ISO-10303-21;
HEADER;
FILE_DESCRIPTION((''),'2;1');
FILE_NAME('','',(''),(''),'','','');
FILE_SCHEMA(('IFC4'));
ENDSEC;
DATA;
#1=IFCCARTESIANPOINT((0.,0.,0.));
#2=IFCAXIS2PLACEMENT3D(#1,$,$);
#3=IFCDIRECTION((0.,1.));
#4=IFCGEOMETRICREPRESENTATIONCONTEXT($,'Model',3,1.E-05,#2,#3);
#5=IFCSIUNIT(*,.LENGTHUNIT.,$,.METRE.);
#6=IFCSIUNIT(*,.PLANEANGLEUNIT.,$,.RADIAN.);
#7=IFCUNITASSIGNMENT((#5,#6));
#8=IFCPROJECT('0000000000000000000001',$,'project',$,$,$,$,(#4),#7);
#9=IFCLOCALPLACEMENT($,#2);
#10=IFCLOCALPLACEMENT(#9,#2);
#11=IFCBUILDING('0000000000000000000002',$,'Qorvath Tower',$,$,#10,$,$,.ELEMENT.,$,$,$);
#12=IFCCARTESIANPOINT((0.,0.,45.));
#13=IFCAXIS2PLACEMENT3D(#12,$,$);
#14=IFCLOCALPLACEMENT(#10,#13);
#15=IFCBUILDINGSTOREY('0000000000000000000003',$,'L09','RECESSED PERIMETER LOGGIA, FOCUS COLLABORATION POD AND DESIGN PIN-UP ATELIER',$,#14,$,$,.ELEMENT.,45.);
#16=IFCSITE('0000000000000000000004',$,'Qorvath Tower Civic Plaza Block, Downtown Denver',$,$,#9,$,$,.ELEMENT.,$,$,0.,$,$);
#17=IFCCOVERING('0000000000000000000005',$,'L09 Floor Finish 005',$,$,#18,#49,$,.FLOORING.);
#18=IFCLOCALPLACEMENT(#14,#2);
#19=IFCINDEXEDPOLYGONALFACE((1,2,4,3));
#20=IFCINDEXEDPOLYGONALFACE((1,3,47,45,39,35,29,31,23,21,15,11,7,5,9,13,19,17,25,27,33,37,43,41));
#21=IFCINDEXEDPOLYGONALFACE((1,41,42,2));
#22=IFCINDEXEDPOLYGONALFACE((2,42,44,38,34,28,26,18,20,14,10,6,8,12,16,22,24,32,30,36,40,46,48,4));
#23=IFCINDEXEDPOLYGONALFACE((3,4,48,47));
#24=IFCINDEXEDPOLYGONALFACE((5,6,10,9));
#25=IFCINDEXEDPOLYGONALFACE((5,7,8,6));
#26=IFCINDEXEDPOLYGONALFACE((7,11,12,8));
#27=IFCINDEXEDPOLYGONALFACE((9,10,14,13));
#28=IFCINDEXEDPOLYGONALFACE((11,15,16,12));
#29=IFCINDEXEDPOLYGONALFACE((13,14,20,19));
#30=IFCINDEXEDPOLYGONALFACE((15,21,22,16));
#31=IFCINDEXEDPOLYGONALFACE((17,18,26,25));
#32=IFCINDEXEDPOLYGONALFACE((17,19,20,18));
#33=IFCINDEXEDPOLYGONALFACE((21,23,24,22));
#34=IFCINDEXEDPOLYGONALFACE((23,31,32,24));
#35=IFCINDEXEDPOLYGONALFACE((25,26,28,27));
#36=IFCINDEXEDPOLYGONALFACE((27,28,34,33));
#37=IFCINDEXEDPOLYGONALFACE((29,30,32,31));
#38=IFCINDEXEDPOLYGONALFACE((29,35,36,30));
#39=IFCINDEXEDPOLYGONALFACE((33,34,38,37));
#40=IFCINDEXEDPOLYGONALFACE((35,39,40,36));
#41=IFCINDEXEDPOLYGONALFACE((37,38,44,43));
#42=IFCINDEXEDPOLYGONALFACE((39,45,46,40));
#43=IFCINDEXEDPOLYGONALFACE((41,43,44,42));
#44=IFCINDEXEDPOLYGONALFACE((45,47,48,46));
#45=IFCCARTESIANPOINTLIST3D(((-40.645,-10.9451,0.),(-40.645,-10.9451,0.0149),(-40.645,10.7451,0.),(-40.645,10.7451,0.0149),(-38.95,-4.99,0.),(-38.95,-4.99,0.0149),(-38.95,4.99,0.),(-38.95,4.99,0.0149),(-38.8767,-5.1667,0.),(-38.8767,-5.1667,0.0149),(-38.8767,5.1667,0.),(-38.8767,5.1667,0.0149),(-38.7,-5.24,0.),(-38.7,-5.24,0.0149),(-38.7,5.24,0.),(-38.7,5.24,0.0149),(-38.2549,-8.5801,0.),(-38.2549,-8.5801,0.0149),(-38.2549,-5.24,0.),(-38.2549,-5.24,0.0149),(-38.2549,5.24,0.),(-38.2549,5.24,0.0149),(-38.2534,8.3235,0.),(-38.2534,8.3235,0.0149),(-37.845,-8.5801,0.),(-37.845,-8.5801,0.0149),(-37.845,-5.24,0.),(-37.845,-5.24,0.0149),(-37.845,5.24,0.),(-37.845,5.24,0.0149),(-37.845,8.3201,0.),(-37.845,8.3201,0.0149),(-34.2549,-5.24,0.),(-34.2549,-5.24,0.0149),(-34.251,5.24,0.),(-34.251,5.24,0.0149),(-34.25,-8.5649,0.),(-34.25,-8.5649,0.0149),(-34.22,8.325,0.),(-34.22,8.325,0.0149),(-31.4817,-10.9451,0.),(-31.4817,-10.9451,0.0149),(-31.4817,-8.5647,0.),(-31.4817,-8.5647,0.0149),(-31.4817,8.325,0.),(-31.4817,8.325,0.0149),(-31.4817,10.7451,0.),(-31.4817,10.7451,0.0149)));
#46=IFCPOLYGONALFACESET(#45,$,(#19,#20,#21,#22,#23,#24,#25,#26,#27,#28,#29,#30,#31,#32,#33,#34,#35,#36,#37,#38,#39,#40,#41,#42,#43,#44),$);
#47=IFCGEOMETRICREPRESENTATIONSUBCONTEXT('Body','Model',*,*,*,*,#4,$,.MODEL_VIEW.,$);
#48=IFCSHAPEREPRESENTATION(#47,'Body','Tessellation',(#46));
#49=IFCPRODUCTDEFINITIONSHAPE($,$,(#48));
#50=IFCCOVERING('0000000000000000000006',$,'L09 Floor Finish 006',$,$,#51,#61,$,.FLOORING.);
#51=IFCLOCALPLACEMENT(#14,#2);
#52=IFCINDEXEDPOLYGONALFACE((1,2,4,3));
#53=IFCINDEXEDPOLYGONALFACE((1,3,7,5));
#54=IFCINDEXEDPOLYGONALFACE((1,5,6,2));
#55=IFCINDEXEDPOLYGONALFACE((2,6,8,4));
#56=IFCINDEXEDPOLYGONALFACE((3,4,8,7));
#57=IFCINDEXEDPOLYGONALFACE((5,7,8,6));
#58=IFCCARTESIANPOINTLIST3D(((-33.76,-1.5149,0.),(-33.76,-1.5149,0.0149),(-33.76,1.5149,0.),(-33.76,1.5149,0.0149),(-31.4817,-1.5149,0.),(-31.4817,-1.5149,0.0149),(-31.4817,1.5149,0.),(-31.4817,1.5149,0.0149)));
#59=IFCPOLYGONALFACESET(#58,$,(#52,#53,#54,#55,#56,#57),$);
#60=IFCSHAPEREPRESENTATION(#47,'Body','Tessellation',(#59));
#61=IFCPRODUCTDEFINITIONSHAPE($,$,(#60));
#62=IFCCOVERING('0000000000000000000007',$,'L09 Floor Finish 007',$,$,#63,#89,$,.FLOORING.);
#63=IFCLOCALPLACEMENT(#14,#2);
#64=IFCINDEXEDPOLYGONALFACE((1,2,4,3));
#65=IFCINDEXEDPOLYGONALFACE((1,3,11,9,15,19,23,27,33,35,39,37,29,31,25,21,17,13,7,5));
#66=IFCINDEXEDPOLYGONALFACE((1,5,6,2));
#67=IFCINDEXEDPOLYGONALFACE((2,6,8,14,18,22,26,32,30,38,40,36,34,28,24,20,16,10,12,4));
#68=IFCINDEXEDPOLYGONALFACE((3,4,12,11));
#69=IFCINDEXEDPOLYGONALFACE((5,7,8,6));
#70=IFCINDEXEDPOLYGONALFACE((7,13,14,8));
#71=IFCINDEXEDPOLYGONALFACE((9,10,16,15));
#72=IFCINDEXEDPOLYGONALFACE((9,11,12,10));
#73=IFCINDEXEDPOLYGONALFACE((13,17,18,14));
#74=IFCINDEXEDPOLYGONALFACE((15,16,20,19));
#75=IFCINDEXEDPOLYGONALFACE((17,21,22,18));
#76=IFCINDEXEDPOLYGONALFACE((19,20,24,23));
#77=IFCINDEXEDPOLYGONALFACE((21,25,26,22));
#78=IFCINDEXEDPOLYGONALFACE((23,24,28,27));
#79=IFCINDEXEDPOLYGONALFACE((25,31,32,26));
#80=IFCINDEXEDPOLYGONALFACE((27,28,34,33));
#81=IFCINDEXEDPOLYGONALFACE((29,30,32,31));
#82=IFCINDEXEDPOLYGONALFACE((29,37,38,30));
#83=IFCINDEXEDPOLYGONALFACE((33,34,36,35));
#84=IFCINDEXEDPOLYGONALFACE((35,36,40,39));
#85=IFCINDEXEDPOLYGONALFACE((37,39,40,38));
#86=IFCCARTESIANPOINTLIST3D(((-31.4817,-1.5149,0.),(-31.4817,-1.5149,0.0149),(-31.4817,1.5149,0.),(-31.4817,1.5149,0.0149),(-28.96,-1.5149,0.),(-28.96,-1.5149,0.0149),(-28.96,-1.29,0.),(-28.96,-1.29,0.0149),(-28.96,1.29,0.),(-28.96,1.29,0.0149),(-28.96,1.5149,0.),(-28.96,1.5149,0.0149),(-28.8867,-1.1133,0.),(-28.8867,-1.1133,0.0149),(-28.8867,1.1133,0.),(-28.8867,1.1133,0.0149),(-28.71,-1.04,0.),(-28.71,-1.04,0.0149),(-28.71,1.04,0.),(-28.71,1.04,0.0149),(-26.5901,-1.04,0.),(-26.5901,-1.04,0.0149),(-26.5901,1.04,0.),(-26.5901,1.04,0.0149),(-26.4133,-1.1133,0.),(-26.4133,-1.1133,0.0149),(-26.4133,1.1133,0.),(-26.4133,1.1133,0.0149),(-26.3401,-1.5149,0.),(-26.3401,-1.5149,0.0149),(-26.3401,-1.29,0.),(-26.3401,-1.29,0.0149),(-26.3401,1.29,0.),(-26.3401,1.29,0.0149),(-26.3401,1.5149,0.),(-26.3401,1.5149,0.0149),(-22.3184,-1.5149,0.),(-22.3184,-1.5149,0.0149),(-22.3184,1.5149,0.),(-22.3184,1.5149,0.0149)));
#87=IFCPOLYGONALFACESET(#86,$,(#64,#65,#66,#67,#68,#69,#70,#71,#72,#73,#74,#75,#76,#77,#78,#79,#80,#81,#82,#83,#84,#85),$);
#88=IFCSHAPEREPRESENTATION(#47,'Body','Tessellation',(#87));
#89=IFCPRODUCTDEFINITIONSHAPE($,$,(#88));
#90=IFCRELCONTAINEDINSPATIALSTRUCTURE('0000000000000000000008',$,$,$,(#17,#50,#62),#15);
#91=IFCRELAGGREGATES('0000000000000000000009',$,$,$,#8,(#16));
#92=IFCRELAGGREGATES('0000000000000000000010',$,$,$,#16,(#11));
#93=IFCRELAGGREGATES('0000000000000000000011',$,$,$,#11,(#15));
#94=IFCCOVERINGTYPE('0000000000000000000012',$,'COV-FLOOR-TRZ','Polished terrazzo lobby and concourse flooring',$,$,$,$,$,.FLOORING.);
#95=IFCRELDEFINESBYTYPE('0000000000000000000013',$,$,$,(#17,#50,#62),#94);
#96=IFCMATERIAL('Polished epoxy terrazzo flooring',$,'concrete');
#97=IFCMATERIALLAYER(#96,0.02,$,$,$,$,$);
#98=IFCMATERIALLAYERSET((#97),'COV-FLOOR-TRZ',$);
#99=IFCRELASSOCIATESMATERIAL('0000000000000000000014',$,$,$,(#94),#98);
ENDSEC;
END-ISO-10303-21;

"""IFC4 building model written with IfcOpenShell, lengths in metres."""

from ifc_helpers import new_model, si_unit, direction, frame, origin, place, context, subcontext, project, spatial, polyline, outline, extrude, material, layer, layer_set, type_object, element, save


model = new_model("IFC4")

# Units and contexts
model_context = context("Model", 3, precision=1e-05, world=origin(), true_north=direction((0.0, 1.0)))
body_context = subcontext(model_context, "Body", "Model", "MODEL_VIEW")
ifc_project = project(units=[si_unit("LENGTHUNIT", "METRE"), si_unit("PLANEANGLEUNIT", "RADIAN")], contexts=[model_context])

# Site, building, storey
site_placement = place(None, origin())
site = spatial("IfcSite", under=ifc_project, at=site_placement, Name="Qorvath Tower Civic Plaza Block, Downtown Denver", CompositionType="ELEMENT", RefElevation=0.0)
building_placement = place(site_placement, origin())
building = spatial("IfcBuilding", under=site, at=building_placement, Name="Qorvath Tower", CompositionType="ELEMENT")
storey_placement = place(building_placement, frame((0.0, 0.0, 45.0)))
storey = spatial("IfcBuildingStorey", under=building, at=storey_placement, Name="L09", Description="RECESSED PERIMETER LOGGIA, FOCUS COLLABORATION POD AND DESIGN PIN-UP ATELIER", CompositionType="ELEMENT", Elevation=45.0)

# Coverings
ifc_material_1 = material(Name="Polished epoxy terrazzo flooring", Category="concrete")
ifc_layer_1 = layer(ifc_material_1, 0.02)
ifc_layer_set_1 = layer_set([ifc_layer_1], Name="COV-FLOOR-TRZ")
covering_type_1 = type_object("IfcCoveringType", Name="COV-FLOOR-TRZ", Description="Polished terrazzo lobby and concourse flooring", PredefinedType="FLOORING", material=ifc_layer_set_1)
covering_1_placement = place(storey_placement, origin())
element("IfcCovering", 1, at=covering_1_placement, inside=storey, type_object=covering_type_1, Name="L09 Floor Finish 005", PredefinedType="FLOORING", context=body_context, shape_type="SweptSolid", body=[
    extrude(outline(polyline([(-31.4817, -10.9451), (-31.4817, -8.5647), (-34.25, -8.5649), (-34.2549, -5.24), (-37.845, -5.24), (-37.845, -8.5801), (-38.2549, -8.5801), (-38.2549, -5.24), (-38.7, -5.24), (-38.8767, -5.1667), (-38.95, -4.99), (-38.95, 4.99), (-38.8767, 5.1667), (-38.7, 5.24), (-38.2549, 5.24), (-38.2534, 8.3235), (-37.845, 8.3201), (-37.845, 5.24), (-34.251, 5.24), (-34.22, 8.325), (-31.4817, 8.325), (-31.4817, 10.7451), (-40.645, 10.7451), (-40.645, -10.9451), (-31.4817, -10.9451)])), origin(), (0.0, 0.0, 1.0), 0.0149),
])
covering_2_placement = place(storey_placement, origin())
element("IfcCovering", 2, at=covering_2_placement, inside=storey, type_object=covering_type_1, Name="L09 Floor Finish 006", PredefinedType="FLOORING", context=body_context, shape_type="SweptSolid", body=[
    extrude(outline(polyline([(-31.4817, -1.5149), (-31.4817, 1.5149), (-33.76, 1.5149), (-33.76, -1.5149), (-31.4817, -1.5149)])), origin(), (0.0, 0.0, 1.0), 0.0149),
])
covering_3_placement = place(storey_placement, origin())
element("IfcCovering", 3, at=covering_3_placement, inside=storey, type_object=covering_type_1, Name="L09 Floor Finish 007", PredefinedType="FLOORING", context=body_context, shape_type="SweptSolid", body=[
    extrude(outline(polyline([(-22.3184, -1.5149), (-22.3184, 1.5149), (-26.3401, 1.5149), (-26.3401, 1.29), (-26.4133, 1.1133), (-26.5901, 1.04), (-28.71, 1.04), (-28.8867, 1.1133), (-28.96, 1.29), (-28.96, 1.5149), (-31.4817, 1.5149), (-31.4817, -1.5149), (-28.96, -1.5149), (-28.96, -1.29), (-28.8867, -1.1133), (-28.71, -1.04), (-26.5901, -1.04), (-26.4133, -1.1133), (-26.3401, -1.29), (-26.3401, -1.5149), (-22.3184, -1.5149)])), origin(), (0.0, 0.0, 1.0), 0.0149),
])

save(model, "model.ifc")
